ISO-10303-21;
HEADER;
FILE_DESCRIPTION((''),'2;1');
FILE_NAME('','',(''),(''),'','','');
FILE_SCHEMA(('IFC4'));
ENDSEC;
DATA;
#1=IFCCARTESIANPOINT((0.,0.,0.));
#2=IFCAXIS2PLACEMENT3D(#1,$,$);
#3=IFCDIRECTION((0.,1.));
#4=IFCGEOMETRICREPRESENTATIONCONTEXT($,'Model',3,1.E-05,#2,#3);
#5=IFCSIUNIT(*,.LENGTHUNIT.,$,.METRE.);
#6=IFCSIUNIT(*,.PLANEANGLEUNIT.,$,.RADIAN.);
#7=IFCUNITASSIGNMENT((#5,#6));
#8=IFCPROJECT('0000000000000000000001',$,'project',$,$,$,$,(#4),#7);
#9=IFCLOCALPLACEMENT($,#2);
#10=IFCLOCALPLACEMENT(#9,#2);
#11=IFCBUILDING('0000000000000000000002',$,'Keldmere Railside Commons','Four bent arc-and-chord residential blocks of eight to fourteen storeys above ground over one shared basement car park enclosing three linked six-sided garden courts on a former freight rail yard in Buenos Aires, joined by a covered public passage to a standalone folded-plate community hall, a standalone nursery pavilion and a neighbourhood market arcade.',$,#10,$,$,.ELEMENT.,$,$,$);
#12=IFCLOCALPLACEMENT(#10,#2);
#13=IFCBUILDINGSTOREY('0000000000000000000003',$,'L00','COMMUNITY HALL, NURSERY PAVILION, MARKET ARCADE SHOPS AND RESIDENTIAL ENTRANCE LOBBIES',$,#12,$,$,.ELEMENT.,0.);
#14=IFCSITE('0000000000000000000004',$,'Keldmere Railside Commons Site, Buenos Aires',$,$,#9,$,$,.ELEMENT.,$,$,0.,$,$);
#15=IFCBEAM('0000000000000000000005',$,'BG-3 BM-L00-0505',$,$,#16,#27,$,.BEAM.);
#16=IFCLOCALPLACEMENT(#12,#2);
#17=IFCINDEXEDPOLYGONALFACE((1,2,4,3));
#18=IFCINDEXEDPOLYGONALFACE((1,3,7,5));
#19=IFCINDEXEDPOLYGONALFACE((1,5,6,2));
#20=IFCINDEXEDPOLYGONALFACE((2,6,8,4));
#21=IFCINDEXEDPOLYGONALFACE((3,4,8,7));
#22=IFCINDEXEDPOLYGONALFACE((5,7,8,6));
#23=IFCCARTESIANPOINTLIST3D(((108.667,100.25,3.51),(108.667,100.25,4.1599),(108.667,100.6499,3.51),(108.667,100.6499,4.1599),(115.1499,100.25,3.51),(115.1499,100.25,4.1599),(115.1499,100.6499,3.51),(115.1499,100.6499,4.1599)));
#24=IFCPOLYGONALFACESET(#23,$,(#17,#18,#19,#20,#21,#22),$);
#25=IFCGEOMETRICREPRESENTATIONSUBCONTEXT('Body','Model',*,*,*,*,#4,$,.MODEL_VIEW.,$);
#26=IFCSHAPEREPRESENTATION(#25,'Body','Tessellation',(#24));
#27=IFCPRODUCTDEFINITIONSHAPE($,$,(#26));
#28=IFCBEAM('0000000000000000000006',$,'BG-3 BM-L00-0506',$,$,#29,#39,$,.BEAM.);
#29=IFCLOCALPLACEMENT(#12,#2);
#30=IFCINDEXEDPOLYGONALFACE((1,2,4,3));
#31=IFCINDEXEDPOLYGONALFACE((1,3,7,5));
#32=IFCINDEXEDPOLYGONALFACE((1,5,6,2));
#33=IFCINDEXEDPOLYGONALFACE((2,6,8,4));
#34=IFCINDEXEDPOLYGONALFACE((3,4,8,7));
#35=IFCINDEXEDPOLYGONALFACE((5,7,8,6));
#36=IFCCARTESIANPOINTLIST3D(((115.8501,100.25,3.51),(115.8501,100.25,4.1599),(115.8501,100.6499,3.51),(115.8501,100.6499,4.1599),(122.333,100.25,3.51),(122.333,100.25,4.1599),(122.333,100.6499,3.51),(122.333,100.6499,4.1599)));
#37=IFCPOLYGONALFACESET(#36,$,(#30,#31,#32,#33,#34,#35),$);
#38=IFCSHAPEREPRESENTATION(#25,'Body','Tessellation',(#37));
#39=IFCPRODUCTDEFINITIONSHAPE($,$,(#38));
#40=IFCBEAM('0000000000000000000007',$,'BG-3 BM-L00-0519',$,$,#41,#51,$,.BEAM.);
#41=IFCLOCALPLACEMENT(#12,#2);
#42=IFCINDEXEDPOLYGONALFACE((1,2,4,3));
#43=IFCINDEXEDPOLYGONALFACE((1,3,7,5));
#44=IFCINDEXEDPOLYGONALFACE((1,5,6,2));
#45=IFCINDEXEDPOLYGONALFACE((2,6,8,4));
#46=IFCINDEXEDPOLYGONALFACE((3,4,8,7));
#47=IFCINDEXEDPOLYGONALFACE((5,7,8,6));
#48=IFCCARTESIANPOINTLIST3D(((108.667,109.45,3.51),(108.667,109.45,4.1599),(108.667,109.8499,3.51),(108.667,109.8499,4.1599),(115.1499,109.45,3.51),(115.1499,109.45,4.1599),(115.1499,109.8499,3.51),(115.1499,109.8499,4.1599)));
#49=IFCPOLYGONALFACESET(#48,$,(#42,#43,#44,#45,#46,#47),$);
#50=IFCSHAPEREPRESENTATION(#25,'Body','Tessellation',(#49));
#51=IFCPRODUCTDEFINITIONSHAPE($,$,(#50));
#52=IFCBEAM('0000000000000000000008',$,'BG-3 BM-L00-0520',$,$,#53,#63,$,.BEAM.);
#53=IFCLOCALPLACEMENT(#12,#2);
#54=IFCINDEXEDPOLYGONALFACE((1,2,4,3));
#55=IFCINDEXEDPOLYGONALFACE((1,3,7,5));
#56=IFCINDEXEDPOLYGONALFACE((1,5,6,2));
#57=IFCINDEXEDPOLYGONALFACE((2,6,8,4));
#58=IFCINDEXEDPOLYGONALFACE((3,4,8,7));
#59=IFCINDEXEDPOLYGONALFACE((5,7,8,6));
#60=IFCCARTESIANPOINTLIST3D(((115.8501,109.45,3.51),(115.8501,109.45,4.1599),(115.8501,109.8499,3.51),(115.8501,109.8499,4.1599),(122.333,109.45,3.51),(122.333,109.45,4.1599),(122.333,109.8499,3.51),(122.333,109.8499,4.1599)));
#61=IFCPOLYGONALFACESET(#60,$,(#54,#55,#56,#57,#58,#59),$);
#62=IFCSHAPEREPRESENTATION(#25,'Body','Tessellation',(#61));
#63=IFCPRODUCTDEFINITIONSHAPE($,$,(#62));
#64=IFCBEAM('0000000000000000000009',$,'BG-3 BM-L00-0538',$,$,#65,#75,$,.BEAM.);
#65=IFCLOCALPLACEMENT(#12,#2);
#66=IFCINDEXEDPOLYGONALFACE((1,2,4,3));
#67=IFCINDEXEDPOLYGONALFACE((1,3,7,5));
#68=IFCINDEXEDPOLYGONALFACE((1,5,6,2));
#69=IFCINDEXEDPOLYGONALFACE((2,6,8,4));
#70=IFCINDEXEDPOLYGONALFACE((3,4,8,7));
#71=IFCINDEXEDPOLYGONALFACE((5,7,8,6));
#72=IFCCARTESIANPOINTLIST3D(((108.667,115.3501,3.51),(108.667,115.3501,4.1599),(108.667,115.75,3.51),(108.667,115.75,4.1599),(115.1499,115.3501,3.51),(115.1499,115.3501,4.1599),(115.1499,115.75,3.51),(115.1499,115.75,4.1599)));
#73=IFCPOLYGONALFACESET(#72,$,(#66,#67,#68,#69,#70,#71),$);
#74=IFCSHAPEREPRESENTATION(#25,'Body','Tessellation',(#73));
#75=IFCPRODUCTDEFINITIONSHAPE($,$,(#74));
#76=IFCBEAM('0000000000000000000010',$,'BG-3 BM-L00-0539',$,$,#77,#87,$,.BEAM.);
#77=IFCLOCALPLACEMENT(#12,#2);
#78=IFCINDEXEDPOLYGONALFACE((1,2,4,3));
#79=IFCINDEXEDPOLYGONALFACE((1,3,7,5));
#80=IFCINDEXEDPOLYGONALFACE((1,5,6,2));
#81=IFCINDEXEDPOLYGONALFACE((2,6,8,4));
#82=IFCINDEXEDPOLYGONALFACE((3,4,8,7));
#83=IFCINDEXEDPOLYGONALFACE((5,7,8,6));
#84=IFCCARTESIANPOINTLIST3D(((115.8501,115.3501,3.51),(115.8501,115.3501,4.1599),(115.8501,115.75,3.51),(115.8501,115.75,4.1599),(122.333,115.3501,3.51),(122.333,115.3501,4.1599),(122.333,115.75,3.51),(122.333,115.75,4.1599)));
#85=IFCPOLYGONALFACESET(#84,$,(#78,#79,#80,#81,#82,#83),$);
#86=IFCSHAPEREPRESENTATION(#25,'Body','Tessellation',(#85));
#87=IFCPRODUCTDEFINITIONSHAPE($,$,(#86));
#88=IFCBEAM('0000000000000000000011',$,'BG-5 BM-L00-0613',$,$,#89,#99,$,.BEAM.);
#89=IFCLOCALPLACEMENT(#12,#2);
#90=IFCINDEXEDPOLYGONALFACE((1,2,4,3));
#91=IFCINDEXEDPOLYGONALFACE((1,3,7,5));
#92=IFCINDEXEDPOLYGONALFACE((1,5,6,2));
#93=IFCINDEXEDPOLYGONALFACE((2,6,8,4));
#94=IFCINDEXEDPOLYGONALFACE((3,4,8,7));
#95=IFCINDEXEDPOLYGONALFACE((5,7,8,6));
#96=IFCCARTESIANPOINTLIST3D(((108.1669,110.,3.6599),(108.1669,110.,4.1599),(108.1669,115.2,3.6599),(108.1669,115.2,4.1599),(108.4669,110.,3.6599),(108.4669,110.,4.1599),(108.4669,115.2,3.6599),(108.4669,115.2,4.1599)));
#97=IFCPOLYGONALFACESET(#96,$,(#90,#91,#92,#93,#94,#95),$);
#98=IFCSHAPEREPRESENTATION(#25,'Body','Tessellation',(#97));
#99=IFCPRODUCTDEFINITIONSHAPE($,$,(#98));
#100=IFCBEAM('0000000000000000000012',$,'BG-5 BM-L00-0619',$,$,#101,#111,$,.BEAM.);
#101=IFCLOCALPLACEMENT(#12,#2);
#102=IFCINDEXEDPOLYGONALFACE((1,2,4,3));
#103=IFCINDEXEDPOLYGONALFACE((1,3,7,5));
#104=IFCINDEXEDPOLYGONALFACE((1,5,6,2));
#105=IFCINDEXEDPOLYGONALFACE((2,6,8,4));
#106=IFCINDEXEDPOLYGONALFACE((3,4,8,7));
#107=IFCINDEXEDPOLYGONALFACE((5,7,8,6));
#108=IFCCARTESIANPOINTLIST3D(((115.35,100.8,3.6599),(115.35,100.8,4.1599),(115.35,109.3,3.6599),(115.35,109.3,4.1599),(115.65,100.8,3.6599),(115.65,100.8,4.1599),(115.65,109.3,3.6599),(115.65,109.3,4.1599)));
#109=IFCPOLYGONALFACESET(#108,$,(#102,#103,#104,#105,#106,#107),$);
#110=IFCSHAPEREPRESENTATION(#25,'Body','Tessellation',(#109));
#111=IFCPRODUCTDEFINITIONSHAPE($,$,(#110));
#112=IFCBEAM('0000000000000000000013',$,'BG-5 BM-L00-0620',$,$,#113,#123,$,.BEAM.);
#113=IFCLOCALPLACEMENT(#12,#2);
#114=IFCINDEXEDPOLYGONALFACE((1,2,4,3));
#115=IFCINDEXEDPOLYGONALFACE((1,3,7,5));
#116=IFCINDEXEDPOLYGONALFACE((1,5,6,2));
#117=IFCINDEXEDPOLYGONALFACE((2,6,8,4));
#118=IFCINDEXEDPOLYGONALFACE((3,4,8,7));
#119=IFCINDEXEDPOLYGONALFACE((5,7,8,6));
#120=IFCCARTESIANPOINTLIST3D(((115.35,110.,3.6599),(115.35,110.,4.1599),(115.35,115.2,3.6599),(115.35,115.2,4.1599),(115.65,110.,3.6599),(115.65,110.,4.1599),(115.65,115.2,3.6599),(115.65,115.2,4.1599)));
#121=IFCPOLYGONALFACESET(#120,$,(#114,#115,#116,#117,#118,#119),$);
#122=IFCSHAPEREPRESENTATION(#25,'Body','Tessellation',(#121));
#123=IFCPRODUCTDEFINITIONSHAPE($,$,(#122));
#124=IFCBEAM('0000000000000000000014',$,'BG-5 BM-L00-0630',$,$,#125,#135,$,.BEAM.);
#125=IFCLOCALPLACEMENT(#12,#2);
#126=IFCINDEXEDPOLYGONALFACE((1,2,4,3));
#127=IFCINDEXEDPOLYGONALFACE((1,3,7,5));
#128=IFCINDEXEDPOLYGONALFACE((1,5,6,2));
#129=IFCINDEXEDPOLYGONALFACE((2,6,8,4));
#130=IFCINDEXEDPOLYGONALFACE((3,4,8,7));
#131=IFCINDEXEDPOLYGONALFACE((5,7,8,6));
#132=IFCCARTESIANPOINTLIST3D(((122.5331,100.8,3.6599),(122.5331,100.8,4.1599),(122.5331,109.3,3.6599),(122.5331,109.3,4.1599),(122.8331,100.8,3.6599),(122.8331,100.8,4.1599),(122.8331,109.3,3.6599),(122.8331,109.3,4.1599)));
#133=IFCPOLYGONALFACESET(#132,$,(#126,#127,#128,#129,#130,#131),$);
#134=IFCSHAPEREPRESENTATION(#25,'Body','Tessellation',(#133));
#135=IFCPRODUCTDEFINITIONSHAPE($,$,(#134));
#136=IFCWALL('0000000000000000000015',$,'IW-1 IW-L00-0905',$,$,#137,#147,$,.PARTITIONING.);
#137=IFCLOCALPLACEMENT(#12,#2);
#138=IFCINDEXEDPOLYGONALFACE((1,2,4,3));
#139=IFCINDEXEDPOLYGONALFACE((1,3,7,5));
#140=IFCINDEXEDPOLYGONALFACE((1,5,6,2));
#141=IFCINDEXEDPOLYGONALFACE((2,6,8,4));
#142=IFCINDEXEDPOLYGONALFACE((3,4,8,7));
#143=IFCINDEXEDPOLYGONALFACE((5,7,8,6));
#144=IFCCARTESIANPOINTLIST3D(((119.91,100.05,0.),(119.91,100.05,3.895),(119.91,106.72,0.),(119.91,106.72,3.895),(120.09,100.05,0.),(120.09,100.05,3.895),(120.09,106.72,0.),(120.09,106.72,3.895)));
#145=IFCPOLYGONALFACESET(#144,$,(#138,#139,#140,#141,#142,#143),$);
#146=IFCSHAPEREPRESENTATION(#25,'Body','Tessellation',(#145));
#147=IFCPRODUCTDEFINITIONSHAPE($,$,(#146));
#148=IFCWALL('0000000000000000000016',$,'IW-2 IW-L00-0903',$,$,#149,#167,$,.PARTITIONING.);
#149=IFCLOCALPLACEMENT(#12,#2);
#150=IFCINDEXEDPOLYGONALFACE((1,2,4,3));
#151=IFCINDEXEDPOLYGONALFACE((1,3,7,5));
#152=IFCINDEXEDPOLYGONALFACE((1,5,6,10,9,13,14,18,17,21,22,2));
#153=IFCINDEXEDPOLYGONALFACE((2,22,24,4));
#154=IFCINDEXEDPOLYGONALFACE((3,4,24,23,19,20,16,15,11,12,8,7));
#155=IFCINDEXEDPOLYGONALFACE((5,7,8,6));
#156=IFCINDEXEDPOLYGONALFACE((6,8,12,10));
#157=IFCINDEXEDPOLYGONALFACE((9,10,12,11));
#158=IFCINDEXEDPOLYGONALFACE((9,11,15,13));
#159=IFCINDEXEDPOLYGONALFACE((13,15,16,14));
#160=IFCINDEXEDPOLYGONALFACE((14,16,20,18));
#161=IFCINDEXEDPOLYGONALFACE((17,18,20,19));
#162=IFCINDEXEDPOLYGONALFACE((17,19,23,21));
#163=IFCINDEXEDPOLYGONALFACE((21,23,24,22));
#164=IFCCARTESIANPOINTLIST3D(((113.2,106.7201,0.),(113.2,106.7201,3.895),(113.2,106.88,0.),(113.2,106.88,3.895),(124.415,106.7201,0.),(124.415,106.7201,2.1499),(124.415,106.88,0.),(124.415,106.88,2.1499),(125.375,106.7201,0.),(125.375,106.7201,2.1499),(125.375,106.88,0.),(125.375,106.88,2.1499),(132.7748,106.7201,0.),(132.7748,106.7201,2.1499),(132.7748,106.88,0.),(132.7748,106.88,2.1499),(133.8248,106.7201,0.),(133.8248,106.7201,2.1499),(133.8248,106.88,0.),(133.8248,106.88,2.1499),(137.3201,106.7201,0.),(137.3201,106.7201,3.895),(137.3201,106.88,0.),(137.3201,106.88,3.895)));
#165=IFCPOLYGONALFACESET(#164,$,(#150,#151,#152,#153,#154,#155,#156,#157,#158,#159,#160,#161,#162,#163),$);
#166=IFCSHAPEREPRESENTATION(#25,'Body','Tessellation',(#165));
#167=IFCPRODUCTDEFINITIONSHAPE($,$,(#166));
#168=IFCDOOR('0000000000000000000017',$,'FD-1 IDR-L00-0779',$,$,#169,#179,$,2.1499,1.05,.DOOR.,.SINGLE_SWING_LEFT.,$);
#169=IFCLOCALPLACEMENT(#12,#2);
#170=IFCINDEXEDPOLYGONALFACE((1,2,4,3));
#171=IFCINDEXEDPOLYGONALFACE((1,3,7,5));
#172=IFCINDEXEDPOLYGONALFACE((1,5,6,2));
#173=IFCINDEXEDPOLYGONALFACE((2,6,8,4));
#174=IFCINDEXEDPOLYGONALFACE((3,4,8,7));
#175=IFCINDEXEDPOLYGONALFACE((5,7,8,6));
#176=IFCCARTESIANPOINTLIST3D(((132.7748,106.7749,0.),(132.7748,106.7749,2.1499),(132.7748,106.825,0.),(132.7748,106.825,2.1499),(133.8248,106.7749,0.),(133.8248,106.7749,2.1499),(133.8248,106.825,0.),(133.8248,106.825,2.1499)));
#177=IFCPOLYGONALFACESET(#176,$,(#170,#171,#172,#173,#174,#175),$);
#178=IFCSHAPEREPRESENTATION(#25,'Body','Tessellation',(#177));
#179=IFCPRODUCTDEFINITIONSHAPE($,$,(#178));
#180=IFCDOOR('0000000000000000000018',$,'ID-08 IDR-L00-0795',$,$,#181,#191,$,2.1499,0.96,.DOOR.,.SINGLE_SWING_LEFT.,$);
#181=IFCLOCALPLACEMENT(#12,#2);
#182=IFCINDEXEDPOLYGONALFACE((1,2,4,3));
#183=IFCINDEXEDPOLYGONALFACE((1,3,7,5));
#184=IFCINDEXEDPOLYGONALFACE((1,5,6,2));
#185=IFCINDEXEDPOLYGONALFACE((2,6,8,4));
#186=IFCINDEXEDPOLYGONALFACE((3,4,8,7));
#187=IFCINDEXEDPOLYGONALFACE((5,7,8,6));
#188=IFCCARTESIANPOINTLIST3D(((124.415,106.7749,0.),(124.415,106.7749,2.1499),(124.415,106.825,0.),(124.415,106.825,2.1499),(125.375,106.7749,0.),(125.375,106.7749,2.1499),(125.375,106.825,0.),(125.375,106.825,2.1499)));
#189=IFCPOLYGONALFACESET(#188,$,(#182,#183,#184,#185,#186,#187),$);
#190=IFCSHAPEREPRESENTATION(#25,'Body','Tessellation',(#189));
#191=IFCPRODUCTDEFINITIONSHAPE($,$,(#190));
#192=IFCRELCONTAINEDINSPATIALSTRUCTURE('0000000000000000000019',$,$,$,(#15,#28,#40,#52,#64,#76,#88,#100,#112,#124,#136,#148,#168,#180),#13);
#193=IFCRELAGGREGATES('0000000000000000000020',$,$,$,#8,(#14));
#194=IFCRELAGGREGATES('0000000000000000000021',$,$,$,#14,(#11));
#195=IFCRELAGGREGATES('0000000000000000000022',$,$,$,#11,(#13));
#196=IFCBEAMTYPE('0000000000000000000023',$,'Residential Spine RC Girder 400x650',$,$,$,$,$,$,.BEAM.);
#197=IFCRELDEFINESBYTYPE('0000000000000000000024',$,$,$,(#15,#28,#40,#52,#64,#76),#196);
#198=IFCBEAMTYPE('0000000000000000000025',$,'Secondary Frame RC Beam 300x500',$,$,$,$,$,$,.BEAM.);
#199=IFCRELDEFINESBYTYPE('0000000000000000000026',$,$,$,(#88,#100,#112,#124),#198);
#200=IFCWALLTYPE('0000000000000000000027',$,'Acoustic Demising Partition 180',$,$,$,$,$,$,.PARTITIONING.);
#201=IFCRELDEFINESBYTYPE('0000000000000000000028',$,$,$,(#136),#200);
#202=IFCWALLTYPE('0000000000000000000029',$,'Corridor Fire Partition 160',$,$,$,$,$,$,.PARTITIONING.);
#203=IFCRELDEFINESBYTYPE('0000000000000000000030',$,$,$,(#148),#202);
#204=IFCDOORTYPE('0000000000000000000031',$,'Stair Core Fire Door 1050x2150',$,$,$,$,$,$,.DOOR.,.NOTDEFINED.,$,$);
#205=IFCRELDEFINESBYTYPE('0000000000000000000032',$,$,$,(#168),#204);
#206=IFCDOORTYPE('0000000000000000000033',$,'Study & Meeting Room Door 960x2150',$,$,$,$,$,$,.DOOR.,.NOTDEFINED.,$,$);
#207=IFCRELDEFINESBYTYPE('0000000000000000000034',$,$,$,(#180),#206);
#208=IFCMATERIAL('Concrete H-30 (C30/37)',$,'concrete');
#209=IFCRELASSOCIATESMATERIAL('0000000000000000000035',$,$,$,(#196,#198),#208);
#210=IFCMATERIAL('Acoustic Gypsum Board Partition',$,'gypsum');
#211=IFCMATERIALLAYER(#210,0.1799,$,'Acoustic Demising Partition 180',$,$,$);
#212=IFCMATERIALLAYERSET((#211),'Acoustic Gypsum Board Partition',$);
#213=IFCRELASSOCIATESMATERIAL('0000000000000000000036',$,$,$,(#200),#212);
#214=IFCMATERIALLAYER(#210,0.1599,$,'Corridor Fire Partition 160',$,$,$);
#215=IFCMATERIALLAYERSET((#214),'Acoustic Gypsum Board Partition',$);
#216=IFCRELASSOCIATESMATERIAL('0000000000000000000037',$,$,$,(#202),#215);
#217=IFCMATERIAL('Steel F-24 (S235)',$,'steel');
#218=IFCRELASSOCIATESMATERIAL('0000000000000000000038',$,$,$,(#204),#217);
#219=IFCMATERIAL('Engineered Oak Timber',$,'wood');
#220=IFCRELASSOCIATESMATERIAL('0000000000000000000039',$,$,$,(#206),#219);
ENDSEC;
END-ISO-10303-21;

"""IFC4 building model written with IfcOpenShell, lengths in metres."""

from ifc_helpers import new_model, si_unit, direction, frame, frame_2d, origin, origin_2d, place, context, subcontext, project, spatial, rectangle, extrude, material, layer, layer_set, material_profile, profile_set, type_object, element, fill, save


model = new_model("IFC4")

# Units and contexts
model_context = context("Model", 3, precision=1e-05, world=origin(), true_north=direction((0.0, 1.0)))
body_context = subcontext(model_context, "Body", "Model", "MODEL_VIEW")
ifc_project = project(units=[si_unit("LENGTHUNIT", "METRE"), si_unit("PLANEANGLEUNIT", "RADIAN")], contexts=[model_context])

# Site, building, storey
site_placement = place(None, origin())
site = spatial("IfcSite", under=ifc_project, at=site_placement, Name="Keldmere Railside Commons Site, Buenos Aires", CompositionType="ELEMENT", RefElevation=0.0)
building_placement = place(site_placement, origin())
building = spatial("IfcBuilding", under=site, at=building_placement, Name="Keldmere Railside Commons", Description="Four bent arc-and-chord residential blocks of eight to fourteen storeys above ground over one shared basement car park enclosing three linked six-sided garden courts on a former freight rail yard in Buenos Aires, joined by a covered public passage to a standalone folded-plate community hall, a standalone nursery pavilion and a neighbourhood market arcade.", CompositionType="ELEMENT")
storey_placement = place(building_placement, origin())
storey = spatial("IfcBuildingStorey", under=building, at=storey_placement, Name="L00", Description="COMMUNITY HALL, NURSERY PAVILION, MARKET ARCADE SHOPS AND RESIDENTIAL ENTRANCE LOBBIES", CompositionType="ELEMENT", Elevation=0.0)

# Beams
ifc_material_1 = material(Name="Concrete H-30 (C30/37)", Category="concrete")
ifc_material_profile_1 = material_profile(ifc_material_1, rectangle(XDim=0.3999, YDim=0.6499, at=origin_2d()), Name="RC-400x650")
ifc_profile_set_1 = profile_set([ifc_material_profile_1], Name="Concrete H-30 (C30/37)")
beam_type_1 = type_object("IfcBeamType", Name="Residential Spine RC Girder 400x650", PredefinedType="BEAM", material=ifc_profile_set_1)
for number, where, z_axis, x_axis, name in (
    (1, (108.667, 100.45, 3.835), (1.0, 0.0, 0.0), (0.0, 1.0, 0.0), "BG-3 BM-L00-0505"),
    (2, (115.8501, 100.45, 3.835), (1.0, 0.0, 0.0), (0.0, 1.0, 0.0), "BG-3 BM-L00-0506"),
    (3, (108.667, 109.6499, 3.835), (1.0, 0.0, 0.0), (0.0, 1.0, 0.0), "BG-3 BM-L00-0519"),
    (4, (115.8501, 109.6499, 3.835), (1.0, 0.0, 0.0), (0.0, 1.0, 0.0), "BG-3 BM-L00-0520"),
    (5, (108.667, 115.55, 3.835), (1.0, 0.0, 0.0), (0.0, 1.0, 0.0), "BG-3 BM-L00-0538"),
    (6, (115.8501, 115.55, 3.835), (1.0, 0.0, 0.0), (0.0, 1.0, 0.0), "BG-3 BM-L00-0539"),
):
    element("IfcBeam", number, at=place(storey_placement, frame(where, z_axis=z_axis, x_axis=x_axis)), inside=storey, type_object=beam_type_1, Name=name, PredefinedType="BEAM", context=body_context, shape_type="SweptSolid", body=[
        extrude(rectangle(XDim=0.3999, YDim=0.6499, at=origin_2d()), origin(), (0.0, 0.0, 1.0), 6.4829),
    ])
ifc_material_profile_2 = material_profile(ifc_material_1, rectangle(XDim=0.3, YDim=0.5, at=origin_2d()), Name="RC-300x500")
ifc_profile_set_2 = profile_set([ifc_material_profile_2], Name="Concrete H-30 (C30/37)")
beam_type_2 = type_object("IfcBeamType", Name="Secondary Frame RC Beam 300x500", PredefinedType="BEAM", material=ifc_profile_set_2)
beam_1_placement = place(storey_placement, frame((108.3169, 110.0, 3.9099), z_axis=(0.0, 1.0, 0.0), x_axis=(-1.0, 0.0, 0.0)))
element("IfcBeam", 7, at=beam_1_placement, inside=storey, type_object=beam_type_2, Name="BG-5 BM-L00-0613", PredefinedType="BEAM", context=body_context, shape_type="SweptSolid", body=[
    extrude(rectangle(XDim=0.3, YDim=0.5, at=origin_2d()), origin(), (0.0, 0.0, 1.0), 5.2),
])
beam_2_placement = place(storey_placement, frame((115.5, 100.8, 3.9099), z_axis=(0.0, 1.0, 0.0), x_axis=(-1.0, 0.0, 0.0)))
element("IfcBeam", 8, at=beam_2_placement, inside=storey, type_object=beam_type_2, Name="BG-5 BM-L00-0619", PredefinedType="BEAM", context=body_context, shape_type="SweptSolid", body=[
    extrude(rectangle(XDim=0.3, YDim=0.5, at=origin_2d()), origin(), (0.0, 0.0, 1.0), 8.5),
])
beam_3_placement = place(storey_placement, frame((115.5, 110.0, 3.9099), z_axis=(0.0, 1.0, 0.0), x_axis=(-1.0, 0.0, 0.0)))
element("IfcBeam", 9, at=beam_3_placement, inside=storey, type_object=beam_type_2, Name="BG-5 BM-L00-0620", PredefinedType="BEAM", context=body_context, shape_type="SweptSolid", body=[
    extrude(rectangle(XDim=0.3, YDim=0.5, at=origin_2d()), origin(), (0.0, 0.0, 1.0), 5.2),
])
beam_4_placement = place(storey_placement, frame((122.6831, 100.8, 3.9099), z_axis=(0.0, 1.0, 0.0), x_axis=(-1.0, 0.0, 0.0)))
element("IfcBeam", 10, at=beam_4_placement, inside=storey, type_object=beam_type_2, Name="BG-5 BM-L00-0630", PredefinedType="BEAM", context=body_context, shape_type="SweptSolid", body=[
    extrude(rectangle(XDim=0.3, YDim=0.5, at=origin_2d()), origin(), (0.0, 0.0, 1.0), 8.5),
])

# Wall
ifc_material_2 = material(Name="Acoustic Gypsum Board Partition", Category="gypsum")
ifc_layer_1 = layer(ifc_material_2, 0.1799, Name="Acoustic Demising Partition 180")
ifc_layer_set_1 = layer_set([ifc_layer_1], Name="Acoustic Gypsum Board Partition")
wall_type_1 = type_object("IfcWallType", Name="Acoustic Demising Partition 180", PredefinedType="PARTITIONING", material=ifc_layer_set_1)
wall_1_placement = place(storey_placement, frame((120.0, 100.05, 0.0), z_axis=(0.0, 0.0, 1.0), x_axis=(0.0, 1.0, 0.0)))
element("IfcWall", 11, at=wall_1_placement, inside=storey, type_object=wall_type_1, Name="IW-1 IW-L00-0905", PredefinedType="PARTITIONING", context=body_context, shape_type="SweptSolid", body=[
    extrude(rectangle(XDim=6.6699, YDim=0.1799, at=frame_2d((3.335, 0.0))), origin(), (0.0, 0.0, 1.0), 3.895),
])

# Wall, openings, doors
ifc_layer_2 = layer(ifc_material_2, 0.1599, Name="Corridor Fire Partition 160")
ifc_layer_set_2 = layer_set([ifc_layer_2], Name="Acoustic Gypsum Board Partition")
wall_type_2 = type_object("IfcWallType", Name="Corridor Fire Partition 160", PredefinedType="PARTITIONING", material=ifc_layer_set_2)
wall_2_placement = place(storey_placement, frame((113.2, 106.8, 0.0), z_axis=(0.0, 0.0, 1.0), x_axis=(1.0, 0.0, 0.0)))
wall_2 = element("IfcWall", 12, at=wall_2_placement, inside=storey, type_object=wall_type_2, Name="IW-2 IW-L00-0903", PredefinedType="PARTITIONING", context=body_context, shape_type="SweptSolid", body=[
    extrude(rectangle(XDim=24.1201, YDim=0.1599, at=frame_2d((12.0601, 0.0))), origin(), (0.0, 0.0, 1.0), 3.895),
])
opening_1_placement = place(wall_2_placement, frame((19.575, 0.0, 0.0)))
opening_1 = element("IfcOpeningElement", 13, at=opening_1_placement, cuts=wall_2, PredefinedType="OPENING", context=body_context, shape_type="SweptSolid", body=[
    extrude(rectangle(XDim=1.05, YDim=2.1499, at=frame_2d((0.5249, 1.075))), frame((0.0, 0.0898, 0.0), z_axis=(0.0, -1.0, 0.0), x_axis=(1.0, 0.0, 0.0)), (0.0, 0.0, 1.0), 0.1799),
])
opening_2_placement = place(wall_2_placement, frame((11.2151, 0.0, 0.0)))
opening_2 = element("IfcOpeningElement", 14, at=opening_2_placement, cuts=wall_2, PredefinedType="OPENING", context=body_context, shape_type="SweptSolid", body=[
    extrude(rectangle(XDim=0.96, YDim=2.1499, at=frame_2d((0.48, 1.075))), frame((0.0, 0.0898, 0.0), z_axis=(0.0, -1.0, 0.0), x_axis=(1.0, 0.0, 0.0)), (0.0, 0.0, 1.0), 0.1799),
])
ifc_material_3 = material(Name="Steel F-24 (S235)", Category="steel")
door_type_1 = type_object("IfcDoorType", Name="Stair Core Fire Door 1050x2150", OperationType="NOTDEFINED", PredefinedType="DOOR", material=ifc_material_3)
door_1_placement = place(opening_1_placement, origin())
door_1 = element("IfcDoor", 15, at=door_1_placement, inside=storey, type_object=door_type_1, Name="FD-1 IDR-L00-0779", OperationType="SINGLE_SWING_LEFT", OverallHeight=2.1499, OverallWidth=1.05, PredefinedType="DOOR", context=body_context, shape_type="SweptSolid", body=[
    extrude(rectangle(XDim=1.05, YDim=2.1499, at=frame_2d((0.5249, 1.075))), frame((0.0, 0.0249, 0.0), z_axis=(0.0, -1.0, 0.0), x_axis=(1.0, 0.0, 0.0)), (0.0, 0.0, 1.0), 0.05),
])
fill(opening_1, door_1)
ifc_material_4 = material(Name="Engineered Oak Timber", Category="wood")
door_type_2 = type_object("IfcDoorType", Name="Study & Meeting Room Door 960x2150", OperationType="NOTDEFINED", PredefinedType="DOOR", material=ifc_material_4)
door_2_placement = place(opening_2_placement, origin())
door_2 = element("IfcDoor", 16, at=door_2_placement, inside=storey, type_object=door_type_2, Name="ID-08 IDR-L00-0795", OperationType="SINGLE_SWING_LEFT", OverallHeight=2.1499, OverallWidth=0.96, PredefinedType="DOOR", context=body_context, shape_type="SweptSolid", body=[
    extrude(rectangle(XDim=0.96, YDim=2.1499, at=frame_2d((0.48, 1.075))), frame((0.0, 0.0249, 0.0), z_axis=(0.0, -1.0, 0.0), x_axis=(1.0, 0.0, 0.0)), (0.0, 0.0, 1.0), 0.05),
])
fill(opening_2, door_2)

save(model, "model.ifc")
